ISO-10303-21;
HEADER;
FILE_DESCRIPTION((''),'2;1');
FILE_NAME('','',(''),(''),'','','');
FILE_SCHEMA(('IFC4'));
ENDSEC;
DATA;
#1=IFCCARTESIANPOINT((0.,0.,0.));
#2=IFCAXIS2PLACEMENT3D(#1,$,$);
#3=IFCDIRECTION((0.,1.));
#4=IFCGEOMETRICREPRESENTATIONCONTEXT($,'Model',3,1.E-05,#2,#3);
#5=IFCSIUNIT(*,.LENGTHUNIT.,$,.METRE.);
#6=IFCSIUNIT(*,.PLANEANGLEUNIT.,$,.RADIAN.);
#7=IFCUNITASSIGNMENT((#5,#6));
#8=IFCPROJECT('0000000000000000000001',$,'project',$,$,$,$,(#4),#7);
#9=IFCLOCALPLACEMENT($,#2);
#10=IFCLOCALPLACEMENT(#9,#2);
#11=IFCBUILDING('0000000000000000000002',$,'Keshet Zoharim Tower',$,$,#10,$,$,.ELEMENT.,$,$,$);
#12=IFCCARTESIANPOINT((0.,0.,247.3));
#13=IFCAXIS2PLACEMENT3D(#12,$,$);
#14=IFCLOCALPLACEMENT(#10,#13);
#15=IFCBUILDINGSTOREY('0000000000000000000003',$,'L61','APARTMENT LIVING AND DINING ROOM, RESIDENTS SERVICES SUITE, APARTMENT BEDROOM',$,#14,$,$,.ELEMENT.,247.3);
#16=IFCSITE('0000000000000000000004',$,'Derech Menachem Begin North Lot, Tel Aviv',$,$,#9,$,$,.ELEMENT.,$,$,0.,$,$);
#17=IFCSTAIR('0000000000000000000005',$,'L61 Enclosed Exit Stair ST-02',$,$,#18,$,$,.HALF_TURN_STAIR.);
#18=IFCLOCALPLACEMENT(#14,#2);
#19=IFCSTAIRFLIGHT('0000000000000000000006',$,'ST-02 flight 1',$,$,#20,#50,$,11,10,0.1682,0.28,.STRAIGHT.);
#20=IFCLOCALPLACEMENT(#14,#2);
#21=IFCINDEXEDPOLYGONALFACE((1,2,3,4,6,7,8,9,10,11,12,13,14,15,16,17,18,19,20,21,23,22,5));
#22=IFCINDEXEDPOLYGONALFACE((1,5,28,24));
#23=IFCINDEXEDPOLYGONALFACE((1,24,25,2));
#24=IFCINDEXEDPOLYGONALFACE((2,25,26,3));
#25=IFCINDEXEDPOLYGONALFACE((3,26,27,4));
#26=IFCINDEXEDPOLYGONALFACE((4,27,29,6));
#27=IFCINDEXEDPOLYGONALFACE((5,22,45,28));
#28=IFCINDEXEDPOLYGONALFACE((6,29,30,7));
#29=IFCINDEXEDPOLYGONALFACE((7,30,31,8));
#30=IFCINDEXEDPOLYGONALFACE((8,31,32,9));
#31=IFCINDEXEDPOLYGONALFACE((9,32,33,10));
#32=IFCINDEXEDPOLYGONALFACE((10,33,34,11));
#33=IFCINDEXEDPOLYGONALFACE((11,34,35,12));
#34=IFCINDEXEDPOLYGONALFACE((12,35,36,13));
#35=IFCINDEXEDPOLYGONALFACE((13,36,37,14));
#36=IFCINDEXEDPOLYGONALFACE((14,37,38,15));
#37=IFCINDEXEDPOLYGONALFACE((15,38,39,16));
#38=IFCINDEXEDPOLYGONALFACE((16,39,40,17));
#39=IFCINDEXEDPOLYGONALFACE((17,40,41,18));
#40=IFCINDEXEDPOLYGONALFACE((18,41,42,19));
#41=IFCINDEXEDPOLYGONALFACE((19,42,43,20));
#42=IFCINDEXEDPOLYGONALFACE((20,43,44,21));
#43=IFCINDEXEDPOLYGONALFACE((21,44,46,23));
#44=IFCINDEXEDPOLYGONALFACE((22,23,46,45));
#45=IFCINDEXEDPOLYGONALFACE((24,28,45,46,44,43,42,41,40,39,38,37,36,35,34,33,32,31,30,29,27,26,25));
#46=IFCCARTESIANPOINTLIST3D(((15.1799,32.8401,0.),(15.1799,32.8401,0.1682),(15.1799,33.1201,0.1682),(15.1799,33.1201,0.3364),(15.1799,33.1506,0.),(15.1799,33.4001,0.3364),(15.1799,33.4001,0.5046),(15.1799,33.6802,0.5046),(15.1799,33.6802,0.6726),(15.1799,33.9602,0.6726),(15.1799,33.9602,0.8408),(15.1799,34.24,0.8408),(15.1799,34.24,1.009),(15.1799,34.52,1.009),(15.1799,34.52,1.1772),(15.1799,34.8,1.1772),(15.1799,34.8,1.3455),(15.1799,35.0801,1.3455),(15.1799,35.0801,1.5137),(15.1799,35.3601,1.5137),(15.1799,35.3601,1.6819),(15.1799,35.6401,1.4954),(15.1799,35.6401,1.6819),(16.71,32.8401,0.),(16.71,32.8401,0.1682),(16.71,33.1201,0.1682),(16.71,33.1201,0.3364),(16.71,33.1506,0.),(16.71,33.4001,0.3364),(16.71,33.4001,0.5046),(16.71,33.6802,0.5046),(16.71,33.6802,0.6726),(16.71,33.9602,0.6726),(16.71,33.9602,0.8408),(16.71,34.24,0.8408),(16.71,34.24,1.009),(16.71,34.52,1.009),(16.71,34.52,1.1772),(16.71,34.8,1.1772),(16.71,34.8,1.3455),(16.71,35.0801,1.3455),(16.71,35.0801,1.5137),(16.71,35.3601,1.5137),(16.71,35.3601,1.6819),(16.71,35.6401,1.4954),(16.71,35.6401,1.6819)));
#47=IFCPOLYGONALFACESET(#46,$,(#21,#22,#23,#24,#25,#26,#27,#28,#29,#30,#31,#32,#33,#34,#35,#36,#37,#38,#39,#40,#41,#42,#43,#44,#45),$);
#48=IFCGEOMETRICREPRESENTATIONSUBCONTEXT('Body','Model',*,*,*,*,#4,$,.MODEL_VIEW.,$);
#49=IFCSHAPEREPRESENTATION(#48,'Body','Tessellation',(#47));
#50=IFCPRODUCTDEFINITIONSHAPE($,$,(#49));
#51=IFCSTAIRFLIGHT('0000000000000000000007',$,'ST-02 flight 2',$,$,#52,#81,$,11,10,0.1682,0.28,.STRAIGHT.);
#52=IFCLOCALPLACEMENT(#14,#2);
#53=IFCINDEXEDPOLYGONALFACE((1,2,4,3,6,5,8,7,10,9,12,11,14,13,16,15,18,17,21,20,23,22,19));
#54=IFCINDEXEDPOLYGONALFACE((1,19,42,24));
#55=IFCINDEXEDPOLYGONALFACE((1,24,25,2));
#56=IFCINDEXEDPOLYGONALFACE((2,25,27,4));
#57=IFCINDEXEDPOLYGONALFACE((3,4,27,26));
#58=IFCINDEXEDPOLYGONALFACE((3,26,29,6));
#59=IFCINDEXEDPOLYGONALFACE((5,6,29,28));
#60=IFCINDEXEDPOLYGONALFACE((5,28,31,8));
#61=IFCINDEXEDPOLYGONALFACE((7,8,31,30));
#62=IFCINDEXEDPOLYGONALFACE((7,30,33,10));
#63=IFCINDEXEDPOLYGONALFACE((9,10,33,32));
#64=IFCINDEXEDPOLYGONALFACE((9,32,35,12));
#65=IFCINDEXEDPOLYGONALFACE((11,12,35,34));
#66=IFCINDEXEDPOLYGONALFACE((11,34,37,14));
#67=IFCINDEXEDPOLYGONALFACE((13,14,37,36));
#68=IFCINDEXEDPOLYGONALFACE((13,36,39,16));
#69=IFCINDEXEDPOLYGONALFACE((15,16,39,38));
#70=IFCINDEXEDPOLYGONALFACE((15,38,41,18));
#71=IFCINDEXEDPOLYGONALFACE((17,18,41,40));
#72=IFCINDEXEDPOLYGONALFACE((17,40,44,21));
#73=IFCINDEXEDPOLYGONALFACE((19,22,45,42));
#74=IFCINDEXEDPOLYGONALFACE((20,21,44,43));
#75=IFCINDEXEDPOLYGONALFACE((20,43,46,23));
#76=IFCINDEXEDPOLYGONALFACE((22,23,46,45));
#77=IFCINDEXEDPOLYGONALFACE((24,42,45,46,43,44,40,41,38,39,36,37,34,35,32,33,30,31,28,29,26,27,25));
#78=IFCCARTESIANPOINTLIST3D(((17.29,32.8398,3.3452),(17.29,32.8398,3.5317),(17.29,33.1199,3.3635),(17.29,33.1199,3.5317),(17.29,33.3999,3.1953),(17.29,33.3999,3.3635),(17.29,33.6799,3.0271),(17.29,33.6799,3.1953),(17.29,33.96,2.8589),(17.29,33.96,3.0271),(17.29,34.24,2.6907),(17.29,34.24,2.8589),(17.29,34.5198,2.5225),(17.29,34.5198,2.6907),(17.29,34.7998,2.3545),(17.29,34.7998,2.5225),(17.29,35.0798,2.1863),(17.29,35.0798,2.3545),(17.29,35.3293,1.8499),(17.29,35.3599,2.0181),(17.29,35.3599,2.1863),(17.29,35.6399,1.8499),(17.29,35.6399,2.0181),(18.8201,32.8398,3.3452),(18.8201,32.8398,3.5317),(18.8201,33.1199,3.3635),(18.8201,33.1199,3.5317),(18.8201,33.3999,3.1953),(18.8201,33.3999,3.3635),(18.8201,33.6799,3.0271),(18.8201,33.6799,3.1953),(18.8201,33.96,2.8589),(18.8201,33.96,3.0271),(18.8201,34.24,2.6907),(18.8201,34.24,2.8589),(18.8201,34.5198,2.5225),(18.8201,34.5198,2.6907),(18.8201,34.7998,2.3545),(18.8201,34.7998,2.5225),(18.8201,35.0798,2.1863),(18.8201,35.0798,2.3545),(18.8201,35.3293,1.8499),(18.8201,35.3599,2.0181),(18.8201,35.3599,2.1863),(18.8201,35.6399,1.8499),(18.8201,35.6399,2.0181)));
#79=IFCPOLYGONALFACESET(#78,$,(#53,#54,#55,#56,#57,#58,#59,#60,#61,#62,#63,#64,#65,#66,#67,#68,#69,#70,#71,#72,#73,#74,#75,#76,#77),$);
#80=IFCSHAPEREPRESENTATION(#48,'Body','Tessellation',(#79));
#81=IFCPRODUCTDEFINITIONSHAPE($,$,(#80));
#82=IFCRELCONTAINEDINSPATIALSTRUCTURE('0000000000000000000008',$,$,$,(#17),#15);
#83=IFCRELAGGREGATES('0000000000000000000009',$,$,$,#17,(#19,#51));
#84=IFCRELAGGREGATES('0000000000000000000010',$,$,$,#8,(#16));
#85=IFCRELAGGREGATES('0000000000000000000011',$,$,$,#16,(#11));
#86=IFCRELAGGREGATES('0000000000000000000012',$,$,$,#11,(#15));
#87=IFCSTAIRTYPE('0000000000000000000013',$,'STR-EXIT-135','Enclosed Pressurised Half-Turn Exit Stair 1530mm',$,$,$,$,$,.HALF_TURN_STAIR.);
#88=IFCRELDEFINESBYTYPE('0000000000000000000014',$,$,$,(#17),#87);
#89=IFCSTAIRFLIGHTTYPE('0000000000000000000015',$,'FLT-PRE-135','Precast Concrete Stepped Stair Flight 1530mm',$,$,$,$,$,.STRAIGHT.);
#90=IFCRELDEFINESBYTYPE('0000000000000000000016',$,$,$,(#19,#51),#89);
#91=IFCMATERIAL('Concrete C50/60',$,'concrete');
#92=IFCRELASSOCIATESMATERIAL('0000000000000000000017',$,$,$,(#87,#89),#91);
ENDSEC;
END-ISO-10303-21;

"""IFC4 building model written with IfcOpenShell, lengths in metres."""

from ifc_helpers import new_model, si_unit, direction, frame, origin, place, context, subcontext, project, spatial, polyline, outline, extrude, material, type_object, element, aggregate, save


model = new_model("IFC4")

# Units and contexts
model_context = context("Model", 3, precision=1e-05, world=origin(), true_north=direction((0.0, 1.0)))
body_context = subcontext(model_context, "Body", "Model", "MODEL_VIEW")
ifc_project = project(units=[si_unit("LENGTHUNIT", "METRE"), si_unit("PLANEANGLEUNIT", "RADIAN")], contexts=[model_context])

# Site, building, storey
site_placement = place(None, origin())
site = spatial("IfcSite", under=ifc_project, at=site_placement, Name="Derech Menachem Begin North Lot, Tel Aviv", CompositionType="ELEMENT", RefElevation=0.0)
building_placement = place(site_placement, origin())
building = spatial("IfcBuilding", under=site, at=building_placement, Name="Keshet Zoharim Tower", CompositionType="ELEMENT")
storey_placement = place(building_placement, frame((0.0, 0.0, 247.3)))
storey = spatial("IfcBuildingStorey", under=building, at=storey_placement, Name="L61", Description="APARTMENT LIVING AND DINING ROOM, RESIDENTS SERVICES SUITE, APARTMENT BEDROOM", CompositionType="ELEMENT", Elevation=247.3)

# Shared definitions
ifc_material_1 = material(Name="Concrete C50/60", Category="concrete")

# Shared definitions
stair_type = type_object("IfcStairType", Name="STR-EXIT-135", Description="Enclosed Pressurised Half-Turn Exit Stair 1530mm", PredefinedType="HALF_TURN_STAIR", material=ifc_material_1)
stair_flight_type = type_object("IfcStairFlightType", Name="FLT-PRE-135", Description="Precast Concrete Stepped Stair Flight 1530mm", PredefinedType="STRAIGHT", material=ifc_material_1)

# Stair, stair flights
stair_1_placement = place(storey_placement, origin())
stair_1 = element("IfcStair", 1, at=stair_1_placement, inside=storey, type_object=stair_type, Name="L61 Enclosed Exit Stair ST-02", PredefinedType="HALF_TURN_STAIR")
stair_flight_1_placement = place(storey_placement, frame((15.9451, 32.8401, 0.0), z_axis=(0.0, 0.0, 1.0), x_axis=(0.0, 1.0, 0.0)))
stair_flight_1 = element("IfcStairFlight", 2, at=stair_flight_1_placement, type_object=stair_flight_type, Name="ST-02 flight 1", NumberOfRisers=11, NumberOfTreads=10, PredefinedType="STRAIGHT", RiserHeight=0.1682, TreadLength=0.28, context=body_context, shape_type="SweptSolid", body=[
    extrude(outline(polyline([(0.0, 0.0), (0.0, 0.1682), (0.28, 0.1682), (0.28, 0.3364), (0.5601, 0.3364), (0.5601, 0.5046), (0.8401, 0.5046), (0.8401, 0.6726), (1.1201, 0.6726), (1.1201, 0.8408), (1.3999, 0.8408), (1.3999, 1.009), (1.6799, 1.009), (1.6799, 1.1772), (1.96, 1.1772), (1.96, 1.3455), (2.24, 1.3455), (2.24, 1.5137), (2.52, 1.5137), (2.52, 1.6819), (2.8, 1.6819), (2.8, 1.8501), (2.8, 1.4954), (0.3105, 0.0), (0.0, 0.0)])), frame((0.0, 0.7651, 0.0), z_axis=(0.0, -1.0, 0.0), x_axis=(1.0, 0.0, 0.0)), (0.0, 0.0, 1.0), 1.53),
])
stair_flight_2_placement = place(storey_placement, frame((18.0549, 35.6399, 1.8499), z_axis=(0.0, 0.0, 1.0), x_axis=(0.0, -1.0, 0.0)))
stair_flight_2 = element("IfcStairFlight", 3, at=stair_flight_2_placement, type_object=stair_flight_type, Name="ST-02 flight 2", NumberOfRisers=11, NumberOfTreads=10, PredefinedType="STRAIGHT", RiserHeight=0.1682, TreadLength=0.28, context=body_context, shape_type="SweptSolid", body=[
    extrude(outline(polyline([(0.0, 0.0), (0.0, 0.1682), (0.28, 0.1682), (0.28, 0.3364), (0.5601, 0.3364), (0.5601, 0.5046), (0.8401, 0.5046), (0.8401, 0.6726), (1.1201, 0.6726), (1.1201, 0.8408), (1.3999, 0.8408), (1.3999, 1.009), (1.6799, 1.009), (1.6799, 1.1772), (1.96, 1.1772), (1.96, 1.3455), (2.24, 1.3455), (2.24, 1.5137), (2.52, 1.5137), (2.52, 1.6819), (2.8, 1.6819), (2.8, 1.8501), (2.8, 1.4954), (0.3105, 0.0), (0.0, 0.0)])), frame((0.0, 0.7651, 0.0), z_axis=(0.0, -1.0, 0.0), x_axis=(1.0, 0.0, 0.0)), (0.0, 0.0, 1.0), 1.53),
])
aggregate(stair_1, [stair_flight_1, stair_flight_2])

save(model, "model.ifc")
